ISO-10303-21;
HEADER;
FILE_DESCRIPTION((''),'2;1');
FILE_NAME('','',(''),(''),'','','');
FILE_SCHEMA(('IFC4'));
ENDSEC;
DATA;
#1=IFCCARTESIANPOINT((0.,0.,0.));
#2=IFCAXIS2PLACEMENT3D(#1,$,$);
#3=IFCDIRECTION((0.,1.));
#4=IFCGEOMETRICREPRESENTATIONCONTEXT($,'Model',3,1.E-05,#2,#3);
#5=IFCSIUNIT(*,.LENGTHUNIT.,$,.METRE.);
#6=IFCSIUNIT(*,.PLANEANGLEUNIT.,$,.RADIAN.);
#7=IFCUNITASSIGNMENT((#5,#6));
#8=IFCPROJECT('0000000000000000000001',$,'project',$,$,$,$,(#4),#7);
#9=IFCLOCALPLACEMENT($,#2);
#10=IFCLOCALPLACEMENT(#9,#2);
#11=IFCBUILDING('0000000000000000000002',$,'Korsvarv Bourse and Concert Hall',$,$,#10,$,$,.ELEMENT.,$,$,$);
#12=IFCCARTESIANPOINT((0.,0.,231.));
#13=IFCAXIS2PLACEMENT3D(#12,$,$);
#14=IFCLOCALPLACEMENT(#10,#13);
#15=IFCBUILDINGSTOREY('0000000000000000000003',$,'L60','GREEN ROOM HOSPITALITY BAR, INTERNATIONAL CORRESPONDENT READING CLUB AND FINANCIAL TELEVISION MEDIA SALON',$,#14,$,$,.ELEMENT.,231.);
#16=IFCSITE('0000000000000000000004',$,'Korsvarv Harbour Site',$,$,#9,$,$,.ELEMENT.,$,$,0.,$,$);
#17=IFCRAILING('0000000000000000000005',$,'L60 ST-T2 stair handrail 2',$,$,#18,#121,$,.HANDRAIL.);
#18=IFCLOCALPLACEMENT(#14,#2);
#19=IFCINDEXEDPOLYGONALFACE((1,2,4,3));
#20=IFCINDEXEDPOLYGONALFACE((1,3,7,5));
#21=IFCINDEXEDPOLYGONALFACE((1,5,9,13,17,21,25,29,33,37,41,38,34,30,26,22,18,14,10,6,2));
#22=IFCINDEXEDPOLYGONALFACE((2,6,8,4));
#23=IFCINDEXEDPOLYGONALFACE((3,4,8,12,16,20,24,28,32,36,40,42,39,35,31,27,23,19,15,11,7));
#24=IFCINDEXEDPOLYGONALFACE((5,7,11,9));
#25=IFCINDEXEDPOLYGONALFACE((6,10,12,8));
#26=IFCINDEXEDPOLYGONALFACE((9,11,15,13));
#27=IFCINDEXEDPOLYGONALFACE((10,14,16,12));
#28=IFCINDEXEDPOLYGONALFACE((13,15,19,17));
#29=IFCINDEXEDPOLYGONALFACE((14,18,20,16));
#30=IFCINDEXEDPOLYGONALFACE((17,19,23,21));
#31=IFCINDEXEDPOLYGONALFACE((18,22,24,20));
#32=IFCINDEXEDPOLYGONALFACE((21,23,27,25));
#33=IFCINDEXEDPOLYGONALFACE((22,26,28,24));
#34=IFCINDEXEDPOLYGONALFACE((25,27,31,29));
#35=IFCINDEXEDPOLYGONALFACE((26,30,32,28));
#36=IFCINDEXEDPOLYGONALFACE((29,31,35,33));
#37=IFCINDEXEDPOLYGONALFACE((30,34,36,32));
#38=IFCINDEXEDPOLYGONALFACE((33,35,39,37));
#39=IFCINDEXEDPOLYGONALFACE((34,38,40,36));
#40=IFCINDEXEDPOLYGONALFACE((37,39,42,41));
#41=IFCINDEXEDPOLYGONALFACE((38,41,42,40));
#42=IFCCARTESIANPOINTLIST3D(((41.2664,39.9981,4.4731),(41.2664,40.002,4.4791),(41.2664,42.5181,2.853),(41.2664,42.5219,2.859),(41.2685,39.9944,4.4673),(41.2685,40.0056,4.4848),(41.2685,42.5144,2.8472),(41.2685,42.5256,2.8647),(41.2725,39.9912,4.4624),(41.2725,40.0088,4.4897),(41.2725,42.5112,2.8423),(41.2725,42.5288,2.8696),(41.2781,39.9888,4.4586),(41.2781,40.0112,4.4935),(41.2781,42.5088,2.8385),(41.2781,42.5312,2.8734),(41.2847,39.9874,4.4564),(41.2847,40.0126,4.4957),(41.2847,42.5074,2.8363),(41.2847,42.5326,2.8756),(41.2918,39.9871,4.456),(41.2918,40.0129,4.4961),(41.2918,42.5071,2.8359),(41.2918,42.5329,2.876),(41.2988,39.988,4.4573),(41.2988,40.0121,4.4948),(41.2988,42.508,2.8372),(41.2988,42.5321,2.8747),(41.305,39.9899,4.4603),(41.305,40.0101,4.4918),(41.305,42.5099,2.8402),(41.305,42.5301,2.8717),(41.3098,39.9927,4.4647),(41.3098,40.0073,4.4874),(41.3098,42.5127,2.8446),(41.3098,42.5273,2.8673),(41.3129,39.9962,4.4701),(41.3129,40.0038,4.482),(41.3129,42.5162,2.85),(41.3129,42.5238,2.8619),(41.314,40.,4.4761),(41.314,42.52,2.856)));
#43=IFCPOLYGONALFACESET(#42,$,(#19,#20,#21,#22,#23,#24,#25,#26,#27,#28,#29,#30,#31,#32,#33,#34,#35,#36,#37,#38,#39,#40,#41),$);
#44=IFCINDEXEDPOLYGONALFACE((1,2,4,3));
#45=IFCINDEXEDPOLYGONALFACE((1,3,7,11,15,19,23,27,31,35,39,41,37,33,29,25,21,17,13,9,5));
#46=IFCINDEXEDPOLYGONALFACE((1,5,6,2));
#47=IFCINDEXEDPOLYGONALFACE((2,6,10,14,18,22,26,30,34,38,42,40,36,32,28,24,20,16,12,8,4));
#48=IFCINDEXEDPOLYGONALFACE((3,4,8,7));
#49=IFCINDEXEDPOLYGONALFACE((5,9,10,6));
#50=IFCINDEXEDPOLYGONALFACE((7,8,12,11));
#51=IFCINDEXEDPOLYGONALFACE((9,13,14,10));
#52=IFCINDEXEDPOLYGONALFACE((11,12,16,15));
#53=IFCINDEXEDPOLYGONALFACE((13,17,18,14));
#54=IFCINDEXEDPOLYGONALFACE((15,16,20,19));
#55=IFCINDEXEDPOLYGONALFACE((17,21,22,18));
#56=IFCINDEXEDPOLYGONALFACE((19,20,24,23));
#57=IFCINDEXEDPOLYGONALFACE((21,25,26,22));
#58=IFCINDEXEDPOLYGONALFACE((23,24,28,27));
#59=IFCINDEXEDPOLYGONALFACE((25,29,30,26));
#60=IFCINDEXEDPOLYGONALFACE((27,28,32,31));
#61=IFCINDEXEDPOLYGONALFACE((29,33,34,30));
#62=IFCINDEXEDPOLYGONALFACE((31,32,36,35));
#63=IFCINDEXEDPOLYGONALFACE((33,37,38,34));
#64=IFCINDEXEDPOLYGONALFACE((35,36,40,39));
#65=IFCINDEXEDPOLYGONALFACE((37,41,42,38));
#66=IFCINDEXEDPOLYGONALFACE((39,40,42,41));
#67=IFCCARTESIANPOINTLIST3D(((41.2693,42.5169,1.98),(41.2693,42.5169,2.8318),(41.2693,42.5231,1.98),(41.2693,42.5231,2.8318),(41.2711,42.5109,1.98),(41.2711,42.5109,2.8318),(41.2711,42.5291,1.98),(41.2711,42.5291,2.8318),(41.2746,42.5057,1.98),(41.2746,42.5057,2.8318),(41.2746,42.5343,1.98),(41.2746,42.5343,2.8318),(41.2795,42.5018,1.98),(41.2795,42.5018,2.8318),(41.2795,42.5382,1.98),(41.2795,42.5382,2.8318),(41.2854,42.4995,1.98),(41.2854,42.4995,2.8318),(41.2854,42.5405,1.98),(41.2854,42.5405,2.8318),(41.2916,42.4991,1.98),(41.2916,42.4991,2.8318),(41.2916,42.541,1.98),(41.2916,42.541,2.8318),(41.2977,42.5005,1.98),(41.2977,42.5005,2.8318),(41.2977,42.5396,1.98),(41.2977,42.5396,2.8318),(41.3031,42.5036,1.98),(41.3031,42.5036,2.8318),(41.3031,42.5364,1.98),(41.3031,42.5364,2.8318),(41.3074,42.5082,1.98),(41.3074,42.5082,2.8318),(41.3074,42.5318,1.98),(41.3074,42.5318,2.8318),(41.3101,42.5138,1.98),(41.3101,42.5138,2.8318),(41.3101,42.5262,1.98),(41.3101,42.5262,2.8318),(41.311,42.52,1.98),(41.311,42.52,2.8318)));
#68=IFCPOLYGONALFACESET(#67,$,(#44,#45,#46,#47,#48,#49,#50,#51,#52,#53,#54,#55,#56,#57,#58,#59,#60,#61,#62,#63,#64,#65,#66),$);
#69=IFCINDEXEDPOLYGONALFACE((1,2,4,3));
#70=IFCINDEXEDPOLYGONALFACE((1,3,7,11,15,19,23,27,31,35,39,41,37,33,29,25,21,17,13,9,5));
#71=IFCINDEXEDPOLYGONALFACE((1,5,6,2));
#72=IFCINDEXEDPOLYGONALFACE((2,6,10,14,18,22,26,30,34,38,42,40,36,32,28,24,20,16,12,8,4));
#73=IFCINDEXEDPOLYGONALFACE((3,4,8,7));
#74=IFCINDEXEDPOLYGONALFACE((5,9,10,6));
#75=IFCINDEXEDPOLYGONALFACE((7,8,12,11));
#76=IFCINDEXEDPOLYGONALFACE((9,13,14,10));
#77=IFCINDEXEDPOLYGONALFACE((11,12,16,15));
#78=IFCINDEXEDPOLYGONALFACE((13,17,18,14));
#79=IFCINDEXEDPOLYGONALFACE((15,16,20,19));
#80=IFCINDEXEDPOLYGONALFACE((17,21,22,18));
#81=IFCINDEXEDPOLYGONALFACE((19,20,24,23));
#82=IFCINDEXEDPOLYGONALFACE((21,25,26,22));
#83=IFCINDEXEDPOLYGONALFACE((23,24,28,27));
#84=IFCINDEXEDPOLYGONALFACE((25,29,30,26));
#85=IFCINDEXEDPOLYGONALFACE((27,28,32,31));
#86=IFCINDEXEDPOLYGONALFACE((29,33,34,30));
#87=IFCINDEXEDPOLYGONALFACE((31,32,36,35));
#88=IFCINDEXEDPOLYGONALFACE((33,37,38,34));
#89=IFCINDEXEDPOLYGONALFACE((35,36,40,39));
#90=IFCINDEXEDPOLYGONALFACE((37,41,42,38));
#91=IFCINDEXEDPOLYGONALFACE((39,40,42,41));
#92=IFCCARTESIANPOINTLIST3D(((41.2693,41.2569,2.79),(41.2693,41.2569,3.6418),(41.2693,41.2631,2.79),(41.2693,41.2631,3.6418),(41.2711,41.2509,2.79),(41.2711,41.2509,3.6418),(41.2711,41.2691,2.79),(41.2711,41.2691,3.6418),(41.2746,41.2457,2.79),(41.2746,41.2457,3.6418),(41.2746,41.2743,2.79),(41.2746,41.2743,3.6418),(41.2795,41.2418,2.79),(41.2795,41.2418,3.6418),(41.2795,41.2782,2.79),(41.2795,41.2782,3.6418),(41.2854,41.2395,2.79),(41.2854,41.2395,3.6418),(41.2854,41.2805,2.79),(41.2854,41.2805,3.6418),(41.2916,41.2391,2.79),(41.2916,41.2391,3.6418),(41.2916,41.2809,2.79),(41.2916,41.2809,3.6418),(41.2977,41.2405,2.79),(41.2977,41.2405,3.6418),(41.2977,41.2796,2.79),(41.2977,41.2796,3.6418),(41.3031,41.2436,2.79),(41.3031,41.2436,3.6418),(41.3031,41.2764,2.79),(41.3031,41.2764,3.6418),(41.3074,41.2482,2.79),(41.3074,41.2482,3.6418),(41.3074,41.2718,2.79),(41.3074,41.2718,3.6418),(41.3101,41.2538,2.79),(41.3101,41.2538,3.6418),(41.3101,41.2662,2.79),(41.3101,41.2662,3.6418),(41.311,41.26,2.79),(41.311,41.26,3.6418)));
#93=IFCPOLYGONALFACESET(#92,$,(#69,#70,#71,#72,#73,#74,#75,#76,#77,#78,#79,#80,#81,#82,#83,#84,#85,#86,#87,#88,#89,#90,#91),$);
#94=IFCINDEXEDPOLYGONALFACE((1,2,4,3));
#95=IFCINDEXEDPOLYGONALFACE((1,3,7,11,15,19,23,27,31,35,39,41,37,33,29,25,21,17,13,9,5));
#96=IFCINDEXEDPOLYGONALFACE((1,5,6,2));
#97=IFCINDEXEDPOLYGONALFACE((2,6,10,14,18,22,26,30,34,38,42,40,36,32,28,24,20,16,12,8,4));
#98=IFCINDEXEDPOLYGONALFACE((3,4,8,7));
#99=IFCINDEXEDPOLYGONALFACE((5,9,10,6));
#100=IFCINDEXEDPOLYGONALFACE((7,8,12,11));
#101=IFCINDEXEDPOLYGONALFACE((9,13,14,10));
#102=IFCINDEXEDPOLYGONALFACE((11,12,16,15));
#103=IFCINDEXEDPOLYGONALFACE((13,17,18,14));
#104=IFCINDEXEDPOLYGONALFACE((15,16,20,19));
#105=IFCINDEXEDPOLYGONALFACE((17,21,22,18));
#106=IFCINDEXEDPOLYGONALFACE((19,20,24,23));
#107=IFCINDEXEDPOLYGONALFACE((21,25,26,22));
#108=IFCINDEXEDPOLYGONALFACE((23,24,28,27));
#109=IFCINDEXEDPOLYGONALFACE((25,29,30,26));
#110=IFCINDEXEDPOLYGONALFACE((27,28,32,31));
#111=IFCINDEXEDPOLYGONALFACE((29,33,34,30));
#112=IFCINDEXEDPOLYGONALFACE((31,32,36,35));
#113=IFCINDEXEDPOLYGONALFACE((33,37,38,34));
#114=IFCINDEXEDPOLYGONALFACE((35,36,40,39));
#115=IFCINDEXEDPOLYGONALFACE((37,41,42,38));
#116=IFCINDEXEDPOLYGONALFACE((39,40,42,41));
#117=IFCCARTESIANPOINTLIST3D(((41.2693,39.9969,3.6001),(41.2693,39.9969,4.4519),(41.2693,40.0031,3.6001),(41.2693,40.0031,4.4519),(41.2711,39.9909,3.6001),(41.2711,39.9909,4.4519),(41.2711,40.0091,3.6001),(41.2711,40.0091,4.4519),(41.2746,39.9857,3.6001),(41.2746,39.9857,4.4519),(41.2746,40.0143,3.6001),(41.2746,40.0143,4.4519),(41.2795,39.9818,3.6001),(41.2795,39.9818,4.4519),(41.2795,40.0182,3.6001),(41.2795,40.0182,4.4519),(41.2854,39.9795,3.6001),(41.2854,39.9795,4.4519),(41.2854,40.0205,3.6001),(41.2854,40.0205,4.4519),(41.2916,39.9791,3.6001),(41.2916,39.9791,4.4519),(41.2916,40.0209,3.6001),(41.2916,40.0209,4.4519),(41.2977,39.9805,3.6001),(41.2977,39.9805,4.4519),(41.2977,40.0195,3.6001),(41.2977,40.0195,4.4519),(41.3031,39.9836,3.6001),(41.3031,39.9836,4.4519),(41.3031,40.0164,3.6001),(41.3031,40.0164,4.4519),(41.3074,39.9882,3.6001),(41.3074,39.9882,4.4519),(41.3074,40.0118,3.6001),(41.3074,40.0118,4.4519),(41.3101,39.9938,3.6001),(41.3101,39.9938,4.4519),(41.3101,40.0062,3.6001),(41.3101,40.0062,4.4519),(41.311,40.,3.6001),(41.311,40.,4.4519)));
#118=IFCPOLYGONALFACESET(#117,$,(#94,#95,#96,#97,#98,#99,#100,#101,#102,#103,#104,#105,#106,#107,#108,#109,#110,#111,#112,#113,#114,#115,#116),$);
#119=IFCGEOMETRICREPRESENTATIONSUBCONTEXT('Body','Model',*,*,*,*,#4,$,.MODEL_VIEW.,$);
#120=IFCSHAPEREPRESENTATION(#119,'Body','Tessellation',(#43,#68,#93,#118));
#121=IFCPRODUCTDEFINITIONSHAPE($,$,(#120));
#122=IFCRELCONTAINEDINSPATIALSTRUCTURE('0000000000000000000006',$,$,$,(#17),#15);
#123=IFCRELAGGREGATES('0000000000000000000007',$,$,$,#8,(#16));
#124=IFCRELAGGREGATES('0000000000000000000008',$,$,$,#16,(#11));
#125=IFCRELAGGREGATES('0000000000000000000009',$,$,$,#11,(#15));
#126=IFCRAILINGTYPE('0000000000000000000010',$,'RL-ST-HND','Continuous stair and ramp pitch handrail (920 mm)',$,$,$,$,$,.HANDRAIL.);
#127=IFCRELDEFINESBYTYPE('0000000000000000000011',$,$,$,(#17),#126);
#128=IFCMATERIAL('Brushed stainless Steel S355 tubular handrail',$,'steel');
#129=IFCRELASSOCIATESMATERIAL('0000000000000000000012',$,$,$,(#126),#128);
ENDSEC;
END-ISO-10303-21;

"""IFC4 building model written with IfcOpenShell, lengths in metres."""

from ifc_helpers import new_model, si_unit, direction, frame, origin, origin_2d, place, context, subcontext, project, spatial, circle, extrude, material, type_object, element, save


model = new_model("IFC4")

# Units and contexts
model_context = context("Model", 3, precision=1e-05, world=origin(), true_north=direction((0.0, 1.0)))
body_context = subcontext(model_context, "Body", "Model", "MODEL_VIEW")
ifc_project = project(units=[si_unit("LENGTHUNIT", "METRE"), si_unit("PLANEANGLEUNIT", "RADIAN")], contexts=[model_context])

# Site, building, storey
site_placement = place(None, origin())
site = spatial("IfcSite", under=ifc_project, at=site_placement, Name="Korsvarv Harbour Site", CompositionType="ELEMENT", RefElevation=0.0)
building_placement = place(site_placement, origin())
building = spatial("IfcBuilding", under=site, at=building_placement, Name="Korsvarv Bourse and Concert Hall", CompositionType="ELEMENT")
storey_placement = place(building_placement, frame((0.0, 0.0, 231.0)))
storey = spatial("IfcBuildingStorey", under=building, at=storey_placement, Name="L60", Description="GREEN ROOM HOSPITALITY BAR, INTERNATIONAL CORRESPONDENT READING CLUB AND FINANCIAL TELEVISION MEDIA SALON", CompositionType="ELEMENT", Elevation=231.0)

# Railing
ifc_material_1 = material(Name="Brushed stainless Steel S355 tubular handrail", Category="steel")
railing_type_1 = type_object("IfcRailingType", Name="RL-ST-HND", Description="Continuous stair and ramp pitch handrail (920 mm)", PredefinedType="HANDRAIL", material=ifc_material_1)
railing_1_placement = place(storey_placement, frame((41.29, 42.52, 1.98)))
element("IfcRailing", 1, at=railing_1_placement, inside=storey, type_object=railing_type_1, Name="L60 ST-T2 stair handrail 2", PredefinedType="HANDRAIL", context=body_context, shape_type="SweptSolid", body=[
    extrude(circle(Radius=0.0239, at=origin_2d()), frame((0.0, 0.0, 0.876), z_axis=(0.0, -0.841163, 0.540782), x_axis=(1.0, 0.0, 0.0)), (0.0, 0.0, 1.0), 2.9958),
    extrude(circle(Radius=0.021, at=origin_2d()), origin(), (0.0, 0.0, 1.0), 0.8518),
    extrude(circle(Radius=0.021, at=origin_2d()), frame((0.0, -1.26, 0.8101)), (0.0, 0.0, 1.0), 0.8518),
    extrude(circle(Radius=0.021, at=origin_2d()), frame((0.0, -2.52, 1.6201)), (0.0, 0.0, 1.0), 0.8518),
])

save(model, "model.ifc")
